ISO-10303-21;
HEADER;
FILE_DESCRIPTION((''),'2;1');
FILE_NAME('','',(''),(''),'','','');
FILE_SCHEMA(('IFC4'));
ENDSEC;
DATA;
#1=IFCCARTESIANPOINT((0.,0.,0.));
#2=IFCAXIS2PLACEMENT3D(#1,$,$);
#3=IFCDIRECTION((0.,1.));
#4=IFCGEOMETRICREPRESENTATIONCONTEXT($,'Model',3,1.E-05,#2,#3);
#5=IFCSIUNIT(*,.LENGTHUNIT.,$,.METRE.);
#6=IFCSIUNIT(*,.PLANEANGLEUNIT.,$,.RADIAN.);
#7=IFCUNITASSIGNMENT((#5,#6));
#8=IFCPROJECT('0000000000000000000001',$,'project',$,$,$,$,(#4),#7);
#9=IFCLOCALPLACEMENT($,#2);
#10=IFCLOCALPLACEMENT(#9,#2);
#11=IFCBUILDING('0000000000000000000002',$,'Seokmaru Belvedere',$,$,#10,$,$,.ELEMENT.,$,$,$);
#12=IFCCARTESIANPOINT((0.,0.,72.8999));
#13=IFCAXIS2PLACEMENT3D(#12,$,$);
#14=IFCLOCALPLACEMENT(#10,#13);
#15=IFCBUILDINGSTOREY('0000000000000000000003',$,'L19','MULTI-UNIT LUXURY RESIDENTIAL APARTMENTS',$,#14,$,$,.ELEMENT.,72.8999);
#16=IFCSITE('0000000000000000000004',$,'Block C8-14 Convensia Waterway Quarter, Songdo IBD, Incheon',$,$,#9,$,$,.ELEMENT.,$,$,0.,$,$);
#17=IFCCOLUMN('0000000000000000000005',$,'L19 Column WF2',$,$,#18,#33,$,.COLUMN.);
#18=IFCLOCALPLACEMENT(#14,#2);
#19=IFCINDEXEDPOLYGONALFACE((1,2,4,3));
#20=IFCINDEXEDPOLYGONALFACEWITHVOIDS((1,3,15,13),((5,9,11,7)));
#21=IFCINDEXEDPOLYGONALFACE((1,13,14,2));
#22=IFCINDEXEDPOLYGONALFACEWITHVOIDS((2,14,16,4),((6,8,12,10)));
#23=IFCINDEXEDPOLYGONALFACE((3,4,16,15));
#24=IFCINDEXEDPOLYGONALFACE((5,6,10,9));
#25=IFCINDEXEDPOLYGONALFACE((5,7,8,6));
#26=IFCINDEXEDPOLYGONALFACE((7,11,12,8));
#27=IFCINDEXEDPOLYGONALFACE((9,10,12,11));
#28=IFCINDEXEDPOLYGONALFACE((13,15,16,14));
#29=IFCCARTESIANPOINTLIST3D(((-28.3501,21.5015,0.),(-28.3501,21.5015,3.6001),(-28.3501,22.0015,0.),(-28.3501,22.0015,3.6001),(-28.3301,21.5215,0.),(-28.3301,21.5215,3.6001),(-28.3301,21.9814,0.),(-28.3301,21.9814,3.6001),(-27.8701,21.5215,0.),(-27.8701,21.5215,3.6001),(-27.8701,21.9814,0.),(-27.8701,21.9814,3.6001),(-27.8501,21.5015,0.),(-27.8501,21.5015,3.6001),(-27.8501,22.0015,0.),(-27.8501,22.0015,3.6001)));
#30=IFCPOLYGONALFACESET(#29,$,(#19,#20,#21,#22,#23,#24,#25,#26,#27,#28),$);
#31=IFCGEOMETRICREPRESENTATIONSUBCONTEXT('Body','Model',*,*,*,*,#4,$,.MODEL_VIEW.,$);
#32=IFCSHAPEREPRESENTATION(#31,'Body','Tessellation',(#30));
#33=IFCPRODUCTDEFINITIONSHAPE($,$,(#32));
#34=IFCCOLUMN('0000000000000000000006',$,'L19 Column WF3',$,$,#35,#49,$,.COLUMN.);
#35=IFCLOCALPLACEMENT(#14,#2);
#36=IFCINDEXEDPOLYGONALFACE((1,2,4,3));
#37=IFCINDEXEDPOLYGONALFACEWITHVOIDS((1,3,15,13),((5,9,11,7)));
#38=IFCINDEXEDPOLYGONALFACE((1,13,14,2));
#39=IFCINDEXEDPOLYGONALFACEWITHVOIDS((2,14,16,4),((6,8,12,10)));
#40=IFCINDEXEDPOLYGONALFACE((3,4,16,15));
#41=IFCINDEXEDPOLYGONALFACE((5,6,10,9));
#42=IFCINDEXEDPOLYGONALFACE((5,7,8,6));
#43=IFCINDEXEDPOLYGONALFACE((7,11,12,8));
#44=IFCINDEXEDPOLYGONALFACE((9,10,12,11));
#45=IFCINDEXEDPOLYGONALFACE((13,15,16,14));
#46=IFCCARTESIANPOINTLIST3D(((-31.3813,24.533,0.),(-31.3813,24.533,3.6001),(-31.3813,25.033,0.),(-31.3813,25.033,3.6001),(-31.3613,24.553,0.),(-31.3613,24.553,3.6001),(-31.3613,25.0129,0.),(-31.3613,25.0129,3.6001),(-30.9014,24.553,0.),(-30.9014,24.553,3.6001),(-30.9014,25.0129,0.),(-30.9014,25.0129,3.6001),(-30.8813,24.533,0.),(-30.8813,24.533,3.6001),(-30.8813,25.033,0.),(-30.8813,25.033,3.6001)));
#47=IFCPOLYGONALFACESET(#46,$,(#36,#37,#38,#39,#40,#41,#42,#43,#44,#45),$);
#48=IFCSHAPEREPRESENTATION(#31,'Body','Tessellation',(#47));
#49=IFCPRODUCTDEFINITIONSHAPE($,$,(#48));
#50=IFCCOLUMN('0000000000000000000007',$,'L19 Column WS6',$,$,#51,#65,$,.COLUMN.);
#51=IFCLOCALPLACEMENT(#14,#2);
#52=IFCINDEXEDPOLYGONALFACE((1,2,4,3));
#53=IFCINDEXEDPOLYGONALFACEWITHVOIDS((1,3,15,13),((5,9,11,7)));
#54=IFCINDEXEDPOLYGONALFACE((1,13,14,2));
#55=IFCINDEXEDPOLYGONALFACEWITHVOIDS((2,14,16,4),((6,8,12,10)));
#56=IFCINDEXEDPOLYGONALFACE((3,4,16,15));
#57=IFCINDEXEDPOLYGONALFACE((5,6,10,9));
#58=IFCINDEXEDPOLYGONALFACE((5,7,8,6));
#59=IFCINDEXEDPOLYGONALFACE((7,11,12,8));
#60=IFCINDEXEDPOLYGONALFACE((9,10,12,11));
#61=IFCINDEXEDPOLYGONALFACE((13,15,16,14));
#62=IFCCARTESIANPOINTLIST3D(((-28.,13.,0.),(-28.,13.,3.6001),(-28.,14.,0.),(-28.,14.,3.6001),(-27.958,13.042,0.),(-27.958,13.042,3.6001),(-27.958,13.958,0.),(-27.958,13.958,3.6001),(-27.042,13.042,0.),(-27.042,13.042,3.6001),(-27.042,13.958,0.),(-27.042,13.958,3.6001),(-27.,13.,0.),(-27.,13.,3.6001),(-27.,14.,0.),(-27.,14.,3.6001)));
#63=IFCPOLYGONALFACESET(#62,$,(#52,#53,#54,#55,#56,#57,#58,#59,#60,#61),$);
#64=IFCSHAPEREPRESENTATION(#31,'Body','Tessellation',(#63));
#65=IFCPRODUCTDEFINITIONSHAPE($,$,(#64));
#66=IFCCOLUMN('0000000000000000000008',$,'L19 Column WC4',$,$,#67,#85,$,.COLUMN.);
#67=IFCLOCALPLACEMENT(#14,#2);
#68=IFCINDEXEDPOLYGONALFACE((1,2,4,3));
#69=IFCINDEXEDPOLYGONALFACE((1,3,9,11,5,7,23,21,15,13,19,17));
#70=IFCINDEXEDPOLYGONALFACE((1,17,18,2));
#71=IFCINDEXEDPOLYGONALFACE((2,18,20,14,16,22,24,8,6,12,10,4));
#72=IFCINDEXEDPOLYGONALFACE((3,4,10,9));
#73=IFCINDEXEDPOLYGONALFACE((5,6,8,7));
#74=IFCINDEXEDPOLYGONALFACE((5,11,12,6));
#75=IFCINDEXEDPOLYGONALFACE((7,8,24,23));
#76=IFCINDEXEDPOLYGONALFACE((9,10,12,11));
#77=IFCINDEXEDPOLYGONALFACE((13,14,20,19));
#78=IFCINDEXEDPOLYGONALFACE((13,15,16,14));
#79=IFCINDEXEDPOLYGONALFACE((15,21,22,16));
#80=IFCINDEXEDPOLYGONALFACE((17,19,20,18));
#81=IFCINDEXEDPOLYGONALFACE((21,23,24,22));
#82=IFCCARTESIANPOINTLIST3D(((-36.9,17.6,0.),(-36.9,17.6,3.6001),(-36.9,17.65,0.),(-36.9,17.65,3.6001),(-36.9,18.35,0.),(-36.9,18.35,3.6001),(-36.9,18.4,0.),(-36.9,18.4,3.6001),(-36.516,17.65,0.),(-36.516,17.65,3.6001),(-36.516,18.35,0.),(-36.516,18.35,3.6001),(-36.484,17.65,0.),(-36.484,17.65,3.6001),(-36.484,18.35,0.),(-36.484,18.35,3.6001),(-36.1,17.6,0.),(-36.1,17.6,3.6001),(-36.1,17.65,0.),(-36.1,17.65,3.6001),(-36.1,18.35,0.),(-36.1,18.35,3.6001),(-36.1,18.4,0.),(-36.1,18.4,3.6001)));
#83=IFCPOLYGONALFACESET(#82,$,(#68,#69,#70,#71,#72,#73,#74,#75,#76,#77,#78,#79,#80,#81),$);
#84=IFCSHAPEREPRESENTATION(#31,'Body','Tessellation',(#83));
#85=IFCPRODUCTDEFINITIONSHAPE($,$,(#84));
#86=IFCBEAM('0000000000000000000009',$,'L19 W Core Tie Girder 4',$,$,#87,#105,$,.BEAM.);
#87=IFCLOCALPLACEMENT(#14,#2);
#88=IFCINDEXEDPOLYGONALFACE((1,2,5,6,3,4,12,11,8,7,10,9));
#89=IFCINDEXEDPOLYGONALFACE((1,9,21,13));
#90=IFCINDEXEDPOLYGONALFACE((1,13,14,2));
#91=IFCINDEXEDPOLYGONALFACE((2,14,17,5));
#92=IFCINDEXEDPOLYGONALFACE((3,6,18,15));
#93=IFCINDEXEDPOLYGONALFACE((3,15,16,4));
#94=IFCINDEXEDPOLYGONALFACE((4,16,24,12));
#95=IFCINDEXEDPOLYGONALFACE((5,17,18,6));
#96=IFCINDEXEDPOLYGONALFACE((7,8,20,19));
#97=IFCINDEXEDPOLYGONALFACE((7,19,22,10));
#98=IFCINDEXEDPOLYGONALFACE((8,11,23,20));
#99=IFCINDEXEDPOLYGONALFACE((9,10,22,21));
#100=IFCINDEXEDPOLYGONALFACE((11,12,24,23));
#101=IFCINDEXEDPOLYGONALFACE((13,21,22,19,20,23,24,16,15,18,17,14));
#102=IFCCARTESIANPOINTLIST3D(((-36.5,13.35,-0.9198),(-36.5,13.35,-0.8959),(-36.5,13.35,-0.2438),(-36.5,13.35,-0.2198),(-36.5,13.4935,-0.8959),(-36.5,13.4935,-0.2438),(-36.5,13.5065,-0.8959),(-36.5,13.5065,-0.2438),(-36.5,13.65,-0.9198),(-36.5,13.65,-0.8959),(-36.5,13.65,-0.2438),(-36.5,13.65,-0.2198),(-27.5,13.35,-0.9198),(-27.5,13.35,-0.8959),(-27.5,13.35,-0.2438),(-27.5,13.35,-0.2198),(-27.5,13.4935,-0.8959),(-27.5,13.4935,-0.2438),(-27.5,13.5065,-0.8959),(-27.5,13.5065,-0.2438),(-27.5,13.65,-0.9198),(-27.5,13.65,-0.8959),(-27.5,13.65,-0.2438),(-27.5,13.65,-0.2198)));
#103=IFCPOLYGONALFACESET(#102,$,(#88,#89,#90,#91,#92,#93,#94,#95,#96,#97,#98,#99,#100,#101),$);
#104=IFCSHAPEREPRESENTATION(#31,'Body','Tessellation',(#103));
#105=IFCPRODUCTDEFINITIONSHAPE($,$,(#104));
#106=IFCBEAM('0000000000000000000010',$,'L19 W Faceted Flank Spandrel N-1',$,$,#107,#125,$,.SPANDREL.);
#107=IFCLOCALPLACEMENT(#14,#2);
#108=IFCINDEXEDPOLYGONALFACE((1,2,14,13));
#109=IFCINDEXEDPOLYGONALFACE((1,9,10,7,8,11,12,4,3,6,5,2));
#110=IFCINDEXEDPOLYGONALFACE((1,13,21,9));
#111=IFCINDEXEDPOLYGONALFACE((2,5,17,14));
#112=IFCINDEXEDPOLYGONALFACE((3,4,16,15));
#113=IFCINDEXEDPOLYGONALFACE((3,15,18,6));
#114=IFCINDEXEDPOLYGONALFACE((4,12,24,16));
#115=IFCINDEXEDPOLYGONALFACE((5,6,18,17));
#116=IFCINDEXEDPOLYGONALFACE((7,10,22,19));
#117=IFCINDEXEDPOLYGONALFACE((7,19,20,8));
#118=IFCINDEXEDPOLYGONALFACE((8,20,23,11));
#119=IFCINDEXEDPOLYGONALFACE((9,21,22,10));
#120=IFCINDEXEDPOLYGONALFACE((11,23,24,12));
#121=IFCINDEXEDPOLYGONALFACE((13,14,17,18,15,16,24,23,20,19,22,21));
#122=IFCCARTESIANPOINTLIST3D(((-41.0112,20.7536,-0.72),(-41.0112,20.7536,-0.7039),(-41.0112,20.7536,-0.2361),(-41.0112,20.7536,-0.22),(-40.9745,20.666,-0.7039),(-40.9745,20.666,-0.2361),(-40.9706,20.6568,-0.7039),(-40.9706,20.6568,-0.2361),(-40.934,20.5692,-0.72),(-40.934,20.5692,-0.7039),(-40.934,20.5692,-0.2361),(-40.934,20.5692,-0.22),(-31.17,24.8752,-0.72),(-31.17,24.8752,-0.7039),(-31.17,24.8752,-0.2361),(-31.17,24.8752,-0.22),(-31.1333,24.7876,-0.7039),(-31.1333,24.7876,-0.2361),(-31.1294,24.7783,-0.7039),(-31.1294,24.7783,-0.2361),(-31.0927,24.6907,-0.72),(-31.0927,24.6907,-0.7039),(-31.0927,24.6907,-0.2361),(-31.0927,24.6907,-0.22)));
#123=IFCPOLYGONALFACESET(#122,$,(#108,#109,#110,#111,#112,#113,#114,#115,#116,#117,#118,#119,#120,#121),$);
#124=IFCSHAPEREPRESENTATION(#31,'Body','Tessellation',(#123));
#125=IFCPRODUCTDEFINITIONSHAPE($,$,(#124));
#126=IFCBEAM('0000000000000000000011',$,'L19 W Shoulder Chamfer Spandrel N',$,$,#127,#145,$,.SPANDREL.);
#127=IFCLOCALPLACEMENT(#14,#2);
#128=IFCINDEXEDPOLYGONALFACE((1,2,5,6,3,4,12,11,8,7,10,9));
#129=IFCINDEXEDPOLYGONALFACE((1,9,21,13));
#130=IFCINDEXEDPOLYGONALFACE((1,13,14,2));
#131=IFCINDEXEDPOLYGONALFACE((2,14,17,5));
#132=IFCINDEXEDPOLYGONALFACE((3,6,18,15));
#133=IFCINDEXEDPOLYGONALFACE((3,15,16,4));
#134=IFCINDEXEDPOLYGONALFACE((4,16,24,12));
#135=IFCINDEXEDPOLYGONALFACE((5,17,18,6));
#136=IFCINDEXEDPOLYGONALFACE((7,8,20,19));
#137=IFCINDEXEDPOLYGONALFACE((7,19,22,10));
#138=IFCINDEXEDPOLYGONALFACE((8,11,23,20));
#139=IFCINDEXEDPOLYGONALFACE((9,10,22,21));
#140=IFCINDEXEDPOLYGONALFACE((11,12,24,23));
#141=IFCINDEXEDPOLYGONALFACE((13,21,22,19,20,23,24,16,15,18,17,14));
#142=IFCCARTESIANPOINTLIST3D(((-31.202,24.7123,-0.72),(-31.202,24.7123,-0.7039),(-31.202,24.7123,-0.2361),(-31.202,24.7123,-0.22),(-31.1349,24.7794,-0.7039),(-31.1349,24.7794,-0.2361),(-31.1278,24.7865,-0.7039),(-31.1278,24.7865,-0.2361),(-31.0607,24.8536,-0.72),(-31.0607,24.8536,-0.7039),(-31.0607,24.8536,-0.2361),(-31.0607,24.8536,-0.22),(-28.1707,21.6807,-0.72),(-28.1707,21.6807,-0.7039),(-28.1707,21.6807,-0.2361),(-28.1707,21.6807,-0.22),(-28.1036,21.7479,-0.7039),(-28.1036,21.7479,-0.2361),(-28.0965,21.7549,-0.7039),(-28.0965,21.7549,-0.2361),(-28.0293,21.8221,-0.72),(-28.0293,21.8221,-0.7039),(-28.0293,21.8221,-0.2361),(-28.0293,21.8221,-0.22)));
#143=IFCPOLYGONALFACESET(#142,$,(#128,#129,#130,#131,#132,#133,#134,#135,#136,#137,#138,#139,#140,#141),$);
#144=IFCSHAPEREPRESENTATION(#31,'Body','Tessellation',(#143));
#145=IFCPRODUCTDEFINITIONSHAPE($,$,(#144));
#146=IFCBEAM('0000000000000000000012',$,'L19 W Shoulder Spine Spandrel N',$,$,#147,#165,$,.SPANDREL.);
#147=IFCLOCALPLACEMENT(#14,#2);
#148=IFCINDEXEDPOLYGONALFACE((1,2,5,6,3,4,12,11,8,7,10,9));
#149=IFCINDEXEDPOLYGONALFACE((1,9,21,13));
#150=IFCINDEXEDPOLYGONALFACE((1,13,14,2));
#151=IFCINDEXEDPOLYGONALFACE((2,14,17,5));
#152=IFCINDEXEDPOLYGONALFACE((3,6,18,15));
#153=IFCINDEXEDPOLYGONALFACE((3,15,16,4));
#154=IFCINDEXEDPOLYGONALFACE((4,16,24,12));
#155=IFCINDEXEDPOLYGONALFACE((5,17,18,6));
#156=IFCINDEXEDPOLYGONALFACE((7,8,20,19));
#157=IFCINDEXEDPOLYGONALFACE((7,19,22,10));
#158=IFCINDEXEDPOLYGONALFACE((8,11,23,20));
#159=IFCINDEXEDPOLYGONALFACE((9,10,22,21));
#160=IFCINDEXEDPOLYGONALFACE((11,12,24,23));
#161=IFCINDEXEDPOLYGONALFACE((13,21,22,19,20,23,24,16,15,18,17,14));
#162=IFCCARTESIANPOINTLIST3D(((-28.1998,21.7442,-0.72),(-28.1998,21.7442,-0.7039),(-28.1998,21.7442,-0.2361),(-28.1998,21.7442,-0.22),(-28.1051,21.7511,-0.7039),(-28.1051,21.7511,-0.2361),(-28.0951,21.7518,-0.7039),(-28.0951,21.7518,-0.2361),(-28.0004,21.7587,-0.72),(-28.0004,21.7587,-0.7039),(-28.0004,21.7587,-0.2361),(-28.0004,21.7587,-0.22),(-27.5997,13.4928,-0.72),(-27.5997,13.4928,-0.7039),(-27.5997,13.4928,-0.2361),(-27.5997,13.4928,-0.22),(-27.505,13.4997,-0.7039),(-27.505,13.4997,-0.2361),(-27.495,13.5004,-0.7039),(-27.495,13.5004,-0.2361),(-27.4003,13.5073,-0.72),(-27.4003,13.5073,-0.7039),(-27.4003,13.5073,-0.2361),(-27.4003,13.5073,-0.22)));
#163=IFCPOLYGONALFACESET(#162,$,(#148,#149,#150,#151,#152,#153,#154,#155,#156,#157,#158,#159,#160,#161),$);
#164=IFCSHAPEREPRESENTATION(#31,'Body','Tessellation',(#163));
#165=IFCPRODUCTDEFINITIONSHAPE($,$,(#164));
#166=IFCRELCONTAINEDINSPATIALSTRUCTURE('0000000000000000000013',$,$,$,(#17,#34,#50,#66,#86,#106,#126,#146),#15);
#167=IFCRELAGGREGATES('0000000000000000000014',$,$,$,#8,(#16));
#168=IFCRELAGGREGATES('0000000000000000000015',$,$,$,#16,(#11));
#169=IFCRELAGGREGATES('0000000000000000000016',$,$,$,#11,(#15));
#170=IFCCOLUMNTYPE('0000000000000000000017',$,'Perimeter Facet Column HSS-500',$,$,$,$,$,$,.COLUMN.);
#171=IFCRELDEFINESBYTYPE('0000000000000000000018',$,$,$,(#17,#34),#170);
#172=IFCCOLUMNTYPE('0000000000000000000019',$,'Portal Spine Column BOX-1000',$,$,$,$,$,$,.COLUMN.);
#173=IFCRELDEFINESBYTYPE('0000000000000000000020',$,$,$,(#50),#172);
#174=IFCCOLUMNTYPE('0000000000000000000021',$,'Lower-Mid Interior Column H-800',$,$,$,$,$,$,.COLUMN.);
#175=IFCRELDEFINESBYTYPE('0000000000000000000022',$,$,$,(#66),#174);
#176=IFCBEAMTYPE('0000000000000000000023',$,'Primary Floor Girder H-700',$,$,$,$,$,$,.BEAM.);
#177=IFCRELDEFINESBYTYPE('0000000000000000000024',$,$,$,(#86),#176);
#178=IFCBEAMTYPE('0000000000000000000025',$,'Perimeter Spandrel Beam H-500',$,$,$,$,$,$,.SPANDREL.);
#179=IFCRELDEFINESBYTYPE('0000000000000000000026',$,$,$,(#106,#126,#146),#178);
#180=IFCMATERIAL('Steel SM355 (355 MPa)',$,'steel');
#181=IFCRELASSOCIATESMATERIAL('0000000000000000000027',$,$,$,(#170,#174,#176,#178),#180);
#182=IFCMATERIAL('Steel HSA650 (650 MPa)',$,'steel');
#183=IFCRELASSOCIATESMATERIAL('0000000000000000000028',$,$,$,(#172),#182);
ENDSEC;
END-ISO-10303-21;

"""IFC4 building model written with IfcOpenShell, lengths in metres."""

from ifc_helpers import new_model, si_unit, direction, frame, origin, origin_2d, place, context, subcontext, project, spatial, hollow_rectangle, i_section, extrude, source, transform, mapped, material, material_profile, profile_set, type_object, type_shapes, element, save


model = new_model("IFC4")

# Units and contexts
model_context = context("Model", 3, precision=1e-05, world=origin(), true_north=direction((0.0, 1.0)))
body_context = subcontext(model_context, "Body", "Model", "MODEL_VIEW")
ifc_project = project(units=[si_unit("LENGTHUNIT", "METRE"), si_unit("PLANEANGLEUNIT", "RADIAN")], contexts=[model_context])

# Site, building, storey
site_placement = place(None, origin())
site = spatial("IfcSite", under=ifc_project, at=site_placement, Name="Block C8-14 Convensia Waterway Quarter, Songdo IBD, Incheon", CompositionType="ELEMENT", RefElevation=0.0)
building_placement = place(site_placement, origin())
building = spatial("IfcBuilding", under=site, at=building_placement, Name="Seokmaru Belvedere", CompositionType="ELEMENT")
storey_placement = place(building_placement, frame((0.0, 0.0, 72.8999)))
storey = spatial("IfcBuildingStorey", under=building, at=storey_placement, Name="L19", Description="MULTI-UNIT LUXURY RESIDENTIAL APARTMENTS", CompositionType="ELEMENT", Elevation=72.8999)

# Columns
ifc_material_1 = material(Name="Steel SM355 (355 MPa)", Category="steel")
ifc_material_profile_1 = material_profile(ifc_material_1, hollow_rectangle(XDim=0.5, YDim=0.5, WallThickness=0.02, at=origin_2d()), Name="HSS-500x500x20")
ifc_profile_set_1 = profile_set([ifc_material_profile_1], Name="Steel SM355 (355 MPa)")
column_type_1 = type_object("IfcColumnType", Name="Perimeter Facet Column HSS-500", PredefinedType="COLUMN", material=ifc_profile_set_1)
shared_shape_1 = source(origin(), body_context, "Body", "SweptSolid", [
    extrude(hollow_rectangle(XDim=0.5, YDim=0.5, WallThickness=0.02, at=origin_2d()), origin(), (0.0, 0.0, 1.0), 3.6001),
])
type_shapes(column_type_1, [shared_shape_1])
for number, where, z_axis, x_axis, name in (
    (1, (-28.1001, 21.7515, 0.0), (0.0, 0.0, 1.0), (1.0, 0.0, 0.0), "L19 Column WF2"),
    (2, (-31.1313, 24.783, 0.0), (0.0, 0.0, 1.0), (1.0, 0.0, 0.0), "L19 Column WF3"),
):
    element("IfcColumn", number, at=place(storey_placement, frame(where, z_axis=z_axis, x_axis=x_axis)), inside=storey, type_object=column_type_1, Name=name, PredefinedType="COLUMN", context=body_context, shape_type="MappedRepresentation", body=[
        mapped(shared_shape_1, transform((0.0, 0.0, 0.0), scale=1.0)),
    ])
ifc_material_2 = material(Name="Steel HSA650 (650 MPa)", Category="steel")
ifc_material_profile_2 = material_profile(ifc_material_2, hollow_rectangle(XDim=1.0, YDim=1.0, WallThickness=0.042, at=origin_2d()), Name="BOX-1000x1000x42")
ifc_profile_set_2 = profile_set([ifc_material_profile_2], Name="Steel HSA650 (650 MPa)")
column_type_2 = type_object("IfcColumnType", Name="Portal Spine Column BOX-1000", PredefinedType="COLUMN", material=ifc_profile_set_2)
shared_shape_2 = source(origin(), body_context, "Body", "SweptSolid", [
    extrude(hollow_rectangle(XDim=1.0, YDim=1.0, WallThickness=0.042, at=origin_2d()), origin(), (0.0, 0.0, 1.0), 3.6001),
])
type_shapes(column_type_2, [shared_shape_2])
column_1_placement = place(storey_placement, frame((-27.5, 13.5, 0.0), z_axis=(0.0, 0.0, 1.0), x_axis=(1.0, 0.0, 0.0)))
element("IfcColumn", 3, at=column_1_placement, inside=storey, type_object=column_type_2, Name="L19 Column WS6", PredefinedType="COLUMN", context=body_context, shape_type="MappedRepresentation", body=[
    mapped(shared_shape_2, transform((0.0, 0.0, 0.0), scale=1.0)),
])
ifc_material_profile_3 = material_profile(ifc_material_1, i_section(OverallWidth=0.8, OverallDepth=0.8, WebThickness=0.032, FlangeThickness=0.05, at=origin_2d()), Name="H-800x800x32x50")
ifc_profile_set_3 = profile_set([ifc_material_profile_3], Name="Steel SM355 (355 MPa)")
column_type_3 = type_object("IfcColumnType", Name="Lower-Mid Interior Column H-800", PredefinedType="COLUMN", material=ifc_profile_set_3)
shared_shape_3 = source(origin(), body_context, "Body", "SweptSolid", [
    extrude(i_section(OverallWidth=0.8, OverallDepth=0.8, WebThickness=0.032, FlangeThickness=0.05, at=origin_2d()), origin(), (0.0, 0.0, 1.0), 3.6001),
])
type_shapes(column_type_3, [shared_shape_3])
column_2_placement = place(storey_placement, frame((-36.5, 18.0, 0.0), z_axis=(0.0, 0.0, 1.0), x_axis=(1.0, 0.0, 0.0)))
element("IfcColumn", 4, at=column_2_placement, inside=storey, type_object=column_type_3, Name="L19 Column WC4", PredefinedType="COLUMN", context=body_context, shape_type="MappedRepresentation", body=[
    mapped(shared_shape_3, transform((0.0, 0.0, 0.0), scale=1.0)),
])

# Beams
ifc_material_profile_4 = material_profile(ifc_material_1, i_section(OverallWidth=0.3, OverallDepth=0.7, WebThickness=0.0129, FlangeThickness=0.0239, at=origin_2d()), Name="H-700x300x13x24")
ifc_profile_set_4 = profile_set([ifc_material_profile_4], Name="Steel SM355 (355 MPa)")
beam_type_1 = type_object("IfcBeamType", Name="Primary Floor Girder H-700", PredefinedType="BEAM", material=ifc_profile_set_4)
shared_shape_4 = source(origin(), body_context, "Body", "SweptSolid", [
    extrude(i_section(OverallWidth=0.3, OverallDepth=0.7, WebThickness=0.0129, FlangeThickness=0.0239, at=origin_2d()), origin(), (0.0, 0.0, 1.0), 9.0),
])
type_shapes(beam_type_1, [shared_shape_4])
beam_1_placement = place(storey_placement, frame((-36.5, 13.5, -0.5698), z_axis=(1.0, 0.0, 0.0), x_axis=(0.0, 1.0, 0.0)))
element("IfcBeam", 5, at=beam_1_placement, inside=storey, type_object=beam_type_1, Name="L19 W Core Tie Girder 4", PredefinedType="BEAM", context=body_context, shape_type="MappedRepresentation", body=[
    mapped(shared_shape_4, transform((0.0, 0.0, 0.0), scale=1.0)),
])
ifc_material_profile_5 = material_profile(ifc_material_1, i_section(OverallWidth=0.2, OverallDepth=0.5, WebThickness=0.01, FlangeThickness=0.0161, at=origin_2d()), Name="H-500x200x10x16")
ifc_profile_set_5 = profile_set([ifc_material_profile_5], Name="Steel SM355 (355 MPa)")
beam_type_2 = type_object("IfcBeamType", Name="Perimeter Spandrel Beam H-500", PredefinedType="SPANDREL", material=ifc_profile_set_5)
shared_shape_5 = source(origin(), body_context, "Body", "SweptSolid", [
    extrude(i_section(OverallWidth=0.2, OverallDepth=0.5, WebThickness=0.01, FlangeThickness=0.0161, at=origin_2d()), origin(), (0.0, 0.0, 1.0), 10.6694),
])
beam_2_placement = place(storey_placement, frame((-31.1313, 24.783, -0.47), z_axis=(-0.922375, -0.386295, 0.0), x_axis=(0.386295, -0.922375, 0.0)))
element("IfcBeam", 6, at=beam_2_placement, inside=storey, type_object=beam_type_2, Name="L19 W Faceted Flank Spandrel N-1", PredefinedType="SPANDREL", context=body_context, shape_type="MappedRepresentation", body=[
    mapped(shared_shape_5, transform((0.0, 0.0, 0.0), scale=1.0)),
])
shared_shape_6 = source(origin(), body_context, "Body", "SweptSolid", [
    extrude(i_section(OverallWidth=0.2, OverallDepth=0.5, WebThickness=0.01, FlangeThickness=0.0161, at=origin_2d()), origin(), (0.0, 0.0, 1.0), 4.2871),
])
beam_3_placement = place(storey_placement, frame((-31.1313, 24.783, -0.47), z_axis=(0.707078, -0.707135, 0.0), x_axis=(0.707135, 0.707078, 0.0)))
element("IfcBeam", 7, at=beam_3_placement, inside=storey, type_object=beam_type_2, Name="L19 W Shoulder Chamfer Spandrel N", PredefinedType="SPANDREL", context=body_context, shape_type="MappedRepresentation", body=[
    mapped(shared_shape_6, transform((0.0, 0.0, 0.0), scale=1.0)),
])
shared_shape_7 = source(origin(), body_context, "Body", "SweptSolid", [
    extrude(i_section(OverallWidth=0.2, OverallDepth=0.5, WebThickness=0.01, FlangeThickness=0.0161, at=origin_2d()), origin(), (0.0, 0.0, 1.0), 8.2732),
])
type_shapes(beam_type_2, [shared_shape_5, shared_shape_6, shared_shape_7])
beam_4_placement = place(storey_placement, frame((-28.1001, 21.7515, -0.47), z_axis=(0.072535, -0.997366, 0.0), x_axis=(0.997366, 0.072535, 0.0)))
element("IfcBeam", 8, at=beam_4_placement, inside=storey, type_object=beam_type_2, Name="L19 W Shoulder Spine Spandrel N", PredefinedType="SPANDREL", context=body_context, shape_type="MappedRepresentation", body=[
    mapped(shared_shape_7, transform((0.0, 0.0, 0.0), scale=1.0)),
])

save(model, "model.ifc")
